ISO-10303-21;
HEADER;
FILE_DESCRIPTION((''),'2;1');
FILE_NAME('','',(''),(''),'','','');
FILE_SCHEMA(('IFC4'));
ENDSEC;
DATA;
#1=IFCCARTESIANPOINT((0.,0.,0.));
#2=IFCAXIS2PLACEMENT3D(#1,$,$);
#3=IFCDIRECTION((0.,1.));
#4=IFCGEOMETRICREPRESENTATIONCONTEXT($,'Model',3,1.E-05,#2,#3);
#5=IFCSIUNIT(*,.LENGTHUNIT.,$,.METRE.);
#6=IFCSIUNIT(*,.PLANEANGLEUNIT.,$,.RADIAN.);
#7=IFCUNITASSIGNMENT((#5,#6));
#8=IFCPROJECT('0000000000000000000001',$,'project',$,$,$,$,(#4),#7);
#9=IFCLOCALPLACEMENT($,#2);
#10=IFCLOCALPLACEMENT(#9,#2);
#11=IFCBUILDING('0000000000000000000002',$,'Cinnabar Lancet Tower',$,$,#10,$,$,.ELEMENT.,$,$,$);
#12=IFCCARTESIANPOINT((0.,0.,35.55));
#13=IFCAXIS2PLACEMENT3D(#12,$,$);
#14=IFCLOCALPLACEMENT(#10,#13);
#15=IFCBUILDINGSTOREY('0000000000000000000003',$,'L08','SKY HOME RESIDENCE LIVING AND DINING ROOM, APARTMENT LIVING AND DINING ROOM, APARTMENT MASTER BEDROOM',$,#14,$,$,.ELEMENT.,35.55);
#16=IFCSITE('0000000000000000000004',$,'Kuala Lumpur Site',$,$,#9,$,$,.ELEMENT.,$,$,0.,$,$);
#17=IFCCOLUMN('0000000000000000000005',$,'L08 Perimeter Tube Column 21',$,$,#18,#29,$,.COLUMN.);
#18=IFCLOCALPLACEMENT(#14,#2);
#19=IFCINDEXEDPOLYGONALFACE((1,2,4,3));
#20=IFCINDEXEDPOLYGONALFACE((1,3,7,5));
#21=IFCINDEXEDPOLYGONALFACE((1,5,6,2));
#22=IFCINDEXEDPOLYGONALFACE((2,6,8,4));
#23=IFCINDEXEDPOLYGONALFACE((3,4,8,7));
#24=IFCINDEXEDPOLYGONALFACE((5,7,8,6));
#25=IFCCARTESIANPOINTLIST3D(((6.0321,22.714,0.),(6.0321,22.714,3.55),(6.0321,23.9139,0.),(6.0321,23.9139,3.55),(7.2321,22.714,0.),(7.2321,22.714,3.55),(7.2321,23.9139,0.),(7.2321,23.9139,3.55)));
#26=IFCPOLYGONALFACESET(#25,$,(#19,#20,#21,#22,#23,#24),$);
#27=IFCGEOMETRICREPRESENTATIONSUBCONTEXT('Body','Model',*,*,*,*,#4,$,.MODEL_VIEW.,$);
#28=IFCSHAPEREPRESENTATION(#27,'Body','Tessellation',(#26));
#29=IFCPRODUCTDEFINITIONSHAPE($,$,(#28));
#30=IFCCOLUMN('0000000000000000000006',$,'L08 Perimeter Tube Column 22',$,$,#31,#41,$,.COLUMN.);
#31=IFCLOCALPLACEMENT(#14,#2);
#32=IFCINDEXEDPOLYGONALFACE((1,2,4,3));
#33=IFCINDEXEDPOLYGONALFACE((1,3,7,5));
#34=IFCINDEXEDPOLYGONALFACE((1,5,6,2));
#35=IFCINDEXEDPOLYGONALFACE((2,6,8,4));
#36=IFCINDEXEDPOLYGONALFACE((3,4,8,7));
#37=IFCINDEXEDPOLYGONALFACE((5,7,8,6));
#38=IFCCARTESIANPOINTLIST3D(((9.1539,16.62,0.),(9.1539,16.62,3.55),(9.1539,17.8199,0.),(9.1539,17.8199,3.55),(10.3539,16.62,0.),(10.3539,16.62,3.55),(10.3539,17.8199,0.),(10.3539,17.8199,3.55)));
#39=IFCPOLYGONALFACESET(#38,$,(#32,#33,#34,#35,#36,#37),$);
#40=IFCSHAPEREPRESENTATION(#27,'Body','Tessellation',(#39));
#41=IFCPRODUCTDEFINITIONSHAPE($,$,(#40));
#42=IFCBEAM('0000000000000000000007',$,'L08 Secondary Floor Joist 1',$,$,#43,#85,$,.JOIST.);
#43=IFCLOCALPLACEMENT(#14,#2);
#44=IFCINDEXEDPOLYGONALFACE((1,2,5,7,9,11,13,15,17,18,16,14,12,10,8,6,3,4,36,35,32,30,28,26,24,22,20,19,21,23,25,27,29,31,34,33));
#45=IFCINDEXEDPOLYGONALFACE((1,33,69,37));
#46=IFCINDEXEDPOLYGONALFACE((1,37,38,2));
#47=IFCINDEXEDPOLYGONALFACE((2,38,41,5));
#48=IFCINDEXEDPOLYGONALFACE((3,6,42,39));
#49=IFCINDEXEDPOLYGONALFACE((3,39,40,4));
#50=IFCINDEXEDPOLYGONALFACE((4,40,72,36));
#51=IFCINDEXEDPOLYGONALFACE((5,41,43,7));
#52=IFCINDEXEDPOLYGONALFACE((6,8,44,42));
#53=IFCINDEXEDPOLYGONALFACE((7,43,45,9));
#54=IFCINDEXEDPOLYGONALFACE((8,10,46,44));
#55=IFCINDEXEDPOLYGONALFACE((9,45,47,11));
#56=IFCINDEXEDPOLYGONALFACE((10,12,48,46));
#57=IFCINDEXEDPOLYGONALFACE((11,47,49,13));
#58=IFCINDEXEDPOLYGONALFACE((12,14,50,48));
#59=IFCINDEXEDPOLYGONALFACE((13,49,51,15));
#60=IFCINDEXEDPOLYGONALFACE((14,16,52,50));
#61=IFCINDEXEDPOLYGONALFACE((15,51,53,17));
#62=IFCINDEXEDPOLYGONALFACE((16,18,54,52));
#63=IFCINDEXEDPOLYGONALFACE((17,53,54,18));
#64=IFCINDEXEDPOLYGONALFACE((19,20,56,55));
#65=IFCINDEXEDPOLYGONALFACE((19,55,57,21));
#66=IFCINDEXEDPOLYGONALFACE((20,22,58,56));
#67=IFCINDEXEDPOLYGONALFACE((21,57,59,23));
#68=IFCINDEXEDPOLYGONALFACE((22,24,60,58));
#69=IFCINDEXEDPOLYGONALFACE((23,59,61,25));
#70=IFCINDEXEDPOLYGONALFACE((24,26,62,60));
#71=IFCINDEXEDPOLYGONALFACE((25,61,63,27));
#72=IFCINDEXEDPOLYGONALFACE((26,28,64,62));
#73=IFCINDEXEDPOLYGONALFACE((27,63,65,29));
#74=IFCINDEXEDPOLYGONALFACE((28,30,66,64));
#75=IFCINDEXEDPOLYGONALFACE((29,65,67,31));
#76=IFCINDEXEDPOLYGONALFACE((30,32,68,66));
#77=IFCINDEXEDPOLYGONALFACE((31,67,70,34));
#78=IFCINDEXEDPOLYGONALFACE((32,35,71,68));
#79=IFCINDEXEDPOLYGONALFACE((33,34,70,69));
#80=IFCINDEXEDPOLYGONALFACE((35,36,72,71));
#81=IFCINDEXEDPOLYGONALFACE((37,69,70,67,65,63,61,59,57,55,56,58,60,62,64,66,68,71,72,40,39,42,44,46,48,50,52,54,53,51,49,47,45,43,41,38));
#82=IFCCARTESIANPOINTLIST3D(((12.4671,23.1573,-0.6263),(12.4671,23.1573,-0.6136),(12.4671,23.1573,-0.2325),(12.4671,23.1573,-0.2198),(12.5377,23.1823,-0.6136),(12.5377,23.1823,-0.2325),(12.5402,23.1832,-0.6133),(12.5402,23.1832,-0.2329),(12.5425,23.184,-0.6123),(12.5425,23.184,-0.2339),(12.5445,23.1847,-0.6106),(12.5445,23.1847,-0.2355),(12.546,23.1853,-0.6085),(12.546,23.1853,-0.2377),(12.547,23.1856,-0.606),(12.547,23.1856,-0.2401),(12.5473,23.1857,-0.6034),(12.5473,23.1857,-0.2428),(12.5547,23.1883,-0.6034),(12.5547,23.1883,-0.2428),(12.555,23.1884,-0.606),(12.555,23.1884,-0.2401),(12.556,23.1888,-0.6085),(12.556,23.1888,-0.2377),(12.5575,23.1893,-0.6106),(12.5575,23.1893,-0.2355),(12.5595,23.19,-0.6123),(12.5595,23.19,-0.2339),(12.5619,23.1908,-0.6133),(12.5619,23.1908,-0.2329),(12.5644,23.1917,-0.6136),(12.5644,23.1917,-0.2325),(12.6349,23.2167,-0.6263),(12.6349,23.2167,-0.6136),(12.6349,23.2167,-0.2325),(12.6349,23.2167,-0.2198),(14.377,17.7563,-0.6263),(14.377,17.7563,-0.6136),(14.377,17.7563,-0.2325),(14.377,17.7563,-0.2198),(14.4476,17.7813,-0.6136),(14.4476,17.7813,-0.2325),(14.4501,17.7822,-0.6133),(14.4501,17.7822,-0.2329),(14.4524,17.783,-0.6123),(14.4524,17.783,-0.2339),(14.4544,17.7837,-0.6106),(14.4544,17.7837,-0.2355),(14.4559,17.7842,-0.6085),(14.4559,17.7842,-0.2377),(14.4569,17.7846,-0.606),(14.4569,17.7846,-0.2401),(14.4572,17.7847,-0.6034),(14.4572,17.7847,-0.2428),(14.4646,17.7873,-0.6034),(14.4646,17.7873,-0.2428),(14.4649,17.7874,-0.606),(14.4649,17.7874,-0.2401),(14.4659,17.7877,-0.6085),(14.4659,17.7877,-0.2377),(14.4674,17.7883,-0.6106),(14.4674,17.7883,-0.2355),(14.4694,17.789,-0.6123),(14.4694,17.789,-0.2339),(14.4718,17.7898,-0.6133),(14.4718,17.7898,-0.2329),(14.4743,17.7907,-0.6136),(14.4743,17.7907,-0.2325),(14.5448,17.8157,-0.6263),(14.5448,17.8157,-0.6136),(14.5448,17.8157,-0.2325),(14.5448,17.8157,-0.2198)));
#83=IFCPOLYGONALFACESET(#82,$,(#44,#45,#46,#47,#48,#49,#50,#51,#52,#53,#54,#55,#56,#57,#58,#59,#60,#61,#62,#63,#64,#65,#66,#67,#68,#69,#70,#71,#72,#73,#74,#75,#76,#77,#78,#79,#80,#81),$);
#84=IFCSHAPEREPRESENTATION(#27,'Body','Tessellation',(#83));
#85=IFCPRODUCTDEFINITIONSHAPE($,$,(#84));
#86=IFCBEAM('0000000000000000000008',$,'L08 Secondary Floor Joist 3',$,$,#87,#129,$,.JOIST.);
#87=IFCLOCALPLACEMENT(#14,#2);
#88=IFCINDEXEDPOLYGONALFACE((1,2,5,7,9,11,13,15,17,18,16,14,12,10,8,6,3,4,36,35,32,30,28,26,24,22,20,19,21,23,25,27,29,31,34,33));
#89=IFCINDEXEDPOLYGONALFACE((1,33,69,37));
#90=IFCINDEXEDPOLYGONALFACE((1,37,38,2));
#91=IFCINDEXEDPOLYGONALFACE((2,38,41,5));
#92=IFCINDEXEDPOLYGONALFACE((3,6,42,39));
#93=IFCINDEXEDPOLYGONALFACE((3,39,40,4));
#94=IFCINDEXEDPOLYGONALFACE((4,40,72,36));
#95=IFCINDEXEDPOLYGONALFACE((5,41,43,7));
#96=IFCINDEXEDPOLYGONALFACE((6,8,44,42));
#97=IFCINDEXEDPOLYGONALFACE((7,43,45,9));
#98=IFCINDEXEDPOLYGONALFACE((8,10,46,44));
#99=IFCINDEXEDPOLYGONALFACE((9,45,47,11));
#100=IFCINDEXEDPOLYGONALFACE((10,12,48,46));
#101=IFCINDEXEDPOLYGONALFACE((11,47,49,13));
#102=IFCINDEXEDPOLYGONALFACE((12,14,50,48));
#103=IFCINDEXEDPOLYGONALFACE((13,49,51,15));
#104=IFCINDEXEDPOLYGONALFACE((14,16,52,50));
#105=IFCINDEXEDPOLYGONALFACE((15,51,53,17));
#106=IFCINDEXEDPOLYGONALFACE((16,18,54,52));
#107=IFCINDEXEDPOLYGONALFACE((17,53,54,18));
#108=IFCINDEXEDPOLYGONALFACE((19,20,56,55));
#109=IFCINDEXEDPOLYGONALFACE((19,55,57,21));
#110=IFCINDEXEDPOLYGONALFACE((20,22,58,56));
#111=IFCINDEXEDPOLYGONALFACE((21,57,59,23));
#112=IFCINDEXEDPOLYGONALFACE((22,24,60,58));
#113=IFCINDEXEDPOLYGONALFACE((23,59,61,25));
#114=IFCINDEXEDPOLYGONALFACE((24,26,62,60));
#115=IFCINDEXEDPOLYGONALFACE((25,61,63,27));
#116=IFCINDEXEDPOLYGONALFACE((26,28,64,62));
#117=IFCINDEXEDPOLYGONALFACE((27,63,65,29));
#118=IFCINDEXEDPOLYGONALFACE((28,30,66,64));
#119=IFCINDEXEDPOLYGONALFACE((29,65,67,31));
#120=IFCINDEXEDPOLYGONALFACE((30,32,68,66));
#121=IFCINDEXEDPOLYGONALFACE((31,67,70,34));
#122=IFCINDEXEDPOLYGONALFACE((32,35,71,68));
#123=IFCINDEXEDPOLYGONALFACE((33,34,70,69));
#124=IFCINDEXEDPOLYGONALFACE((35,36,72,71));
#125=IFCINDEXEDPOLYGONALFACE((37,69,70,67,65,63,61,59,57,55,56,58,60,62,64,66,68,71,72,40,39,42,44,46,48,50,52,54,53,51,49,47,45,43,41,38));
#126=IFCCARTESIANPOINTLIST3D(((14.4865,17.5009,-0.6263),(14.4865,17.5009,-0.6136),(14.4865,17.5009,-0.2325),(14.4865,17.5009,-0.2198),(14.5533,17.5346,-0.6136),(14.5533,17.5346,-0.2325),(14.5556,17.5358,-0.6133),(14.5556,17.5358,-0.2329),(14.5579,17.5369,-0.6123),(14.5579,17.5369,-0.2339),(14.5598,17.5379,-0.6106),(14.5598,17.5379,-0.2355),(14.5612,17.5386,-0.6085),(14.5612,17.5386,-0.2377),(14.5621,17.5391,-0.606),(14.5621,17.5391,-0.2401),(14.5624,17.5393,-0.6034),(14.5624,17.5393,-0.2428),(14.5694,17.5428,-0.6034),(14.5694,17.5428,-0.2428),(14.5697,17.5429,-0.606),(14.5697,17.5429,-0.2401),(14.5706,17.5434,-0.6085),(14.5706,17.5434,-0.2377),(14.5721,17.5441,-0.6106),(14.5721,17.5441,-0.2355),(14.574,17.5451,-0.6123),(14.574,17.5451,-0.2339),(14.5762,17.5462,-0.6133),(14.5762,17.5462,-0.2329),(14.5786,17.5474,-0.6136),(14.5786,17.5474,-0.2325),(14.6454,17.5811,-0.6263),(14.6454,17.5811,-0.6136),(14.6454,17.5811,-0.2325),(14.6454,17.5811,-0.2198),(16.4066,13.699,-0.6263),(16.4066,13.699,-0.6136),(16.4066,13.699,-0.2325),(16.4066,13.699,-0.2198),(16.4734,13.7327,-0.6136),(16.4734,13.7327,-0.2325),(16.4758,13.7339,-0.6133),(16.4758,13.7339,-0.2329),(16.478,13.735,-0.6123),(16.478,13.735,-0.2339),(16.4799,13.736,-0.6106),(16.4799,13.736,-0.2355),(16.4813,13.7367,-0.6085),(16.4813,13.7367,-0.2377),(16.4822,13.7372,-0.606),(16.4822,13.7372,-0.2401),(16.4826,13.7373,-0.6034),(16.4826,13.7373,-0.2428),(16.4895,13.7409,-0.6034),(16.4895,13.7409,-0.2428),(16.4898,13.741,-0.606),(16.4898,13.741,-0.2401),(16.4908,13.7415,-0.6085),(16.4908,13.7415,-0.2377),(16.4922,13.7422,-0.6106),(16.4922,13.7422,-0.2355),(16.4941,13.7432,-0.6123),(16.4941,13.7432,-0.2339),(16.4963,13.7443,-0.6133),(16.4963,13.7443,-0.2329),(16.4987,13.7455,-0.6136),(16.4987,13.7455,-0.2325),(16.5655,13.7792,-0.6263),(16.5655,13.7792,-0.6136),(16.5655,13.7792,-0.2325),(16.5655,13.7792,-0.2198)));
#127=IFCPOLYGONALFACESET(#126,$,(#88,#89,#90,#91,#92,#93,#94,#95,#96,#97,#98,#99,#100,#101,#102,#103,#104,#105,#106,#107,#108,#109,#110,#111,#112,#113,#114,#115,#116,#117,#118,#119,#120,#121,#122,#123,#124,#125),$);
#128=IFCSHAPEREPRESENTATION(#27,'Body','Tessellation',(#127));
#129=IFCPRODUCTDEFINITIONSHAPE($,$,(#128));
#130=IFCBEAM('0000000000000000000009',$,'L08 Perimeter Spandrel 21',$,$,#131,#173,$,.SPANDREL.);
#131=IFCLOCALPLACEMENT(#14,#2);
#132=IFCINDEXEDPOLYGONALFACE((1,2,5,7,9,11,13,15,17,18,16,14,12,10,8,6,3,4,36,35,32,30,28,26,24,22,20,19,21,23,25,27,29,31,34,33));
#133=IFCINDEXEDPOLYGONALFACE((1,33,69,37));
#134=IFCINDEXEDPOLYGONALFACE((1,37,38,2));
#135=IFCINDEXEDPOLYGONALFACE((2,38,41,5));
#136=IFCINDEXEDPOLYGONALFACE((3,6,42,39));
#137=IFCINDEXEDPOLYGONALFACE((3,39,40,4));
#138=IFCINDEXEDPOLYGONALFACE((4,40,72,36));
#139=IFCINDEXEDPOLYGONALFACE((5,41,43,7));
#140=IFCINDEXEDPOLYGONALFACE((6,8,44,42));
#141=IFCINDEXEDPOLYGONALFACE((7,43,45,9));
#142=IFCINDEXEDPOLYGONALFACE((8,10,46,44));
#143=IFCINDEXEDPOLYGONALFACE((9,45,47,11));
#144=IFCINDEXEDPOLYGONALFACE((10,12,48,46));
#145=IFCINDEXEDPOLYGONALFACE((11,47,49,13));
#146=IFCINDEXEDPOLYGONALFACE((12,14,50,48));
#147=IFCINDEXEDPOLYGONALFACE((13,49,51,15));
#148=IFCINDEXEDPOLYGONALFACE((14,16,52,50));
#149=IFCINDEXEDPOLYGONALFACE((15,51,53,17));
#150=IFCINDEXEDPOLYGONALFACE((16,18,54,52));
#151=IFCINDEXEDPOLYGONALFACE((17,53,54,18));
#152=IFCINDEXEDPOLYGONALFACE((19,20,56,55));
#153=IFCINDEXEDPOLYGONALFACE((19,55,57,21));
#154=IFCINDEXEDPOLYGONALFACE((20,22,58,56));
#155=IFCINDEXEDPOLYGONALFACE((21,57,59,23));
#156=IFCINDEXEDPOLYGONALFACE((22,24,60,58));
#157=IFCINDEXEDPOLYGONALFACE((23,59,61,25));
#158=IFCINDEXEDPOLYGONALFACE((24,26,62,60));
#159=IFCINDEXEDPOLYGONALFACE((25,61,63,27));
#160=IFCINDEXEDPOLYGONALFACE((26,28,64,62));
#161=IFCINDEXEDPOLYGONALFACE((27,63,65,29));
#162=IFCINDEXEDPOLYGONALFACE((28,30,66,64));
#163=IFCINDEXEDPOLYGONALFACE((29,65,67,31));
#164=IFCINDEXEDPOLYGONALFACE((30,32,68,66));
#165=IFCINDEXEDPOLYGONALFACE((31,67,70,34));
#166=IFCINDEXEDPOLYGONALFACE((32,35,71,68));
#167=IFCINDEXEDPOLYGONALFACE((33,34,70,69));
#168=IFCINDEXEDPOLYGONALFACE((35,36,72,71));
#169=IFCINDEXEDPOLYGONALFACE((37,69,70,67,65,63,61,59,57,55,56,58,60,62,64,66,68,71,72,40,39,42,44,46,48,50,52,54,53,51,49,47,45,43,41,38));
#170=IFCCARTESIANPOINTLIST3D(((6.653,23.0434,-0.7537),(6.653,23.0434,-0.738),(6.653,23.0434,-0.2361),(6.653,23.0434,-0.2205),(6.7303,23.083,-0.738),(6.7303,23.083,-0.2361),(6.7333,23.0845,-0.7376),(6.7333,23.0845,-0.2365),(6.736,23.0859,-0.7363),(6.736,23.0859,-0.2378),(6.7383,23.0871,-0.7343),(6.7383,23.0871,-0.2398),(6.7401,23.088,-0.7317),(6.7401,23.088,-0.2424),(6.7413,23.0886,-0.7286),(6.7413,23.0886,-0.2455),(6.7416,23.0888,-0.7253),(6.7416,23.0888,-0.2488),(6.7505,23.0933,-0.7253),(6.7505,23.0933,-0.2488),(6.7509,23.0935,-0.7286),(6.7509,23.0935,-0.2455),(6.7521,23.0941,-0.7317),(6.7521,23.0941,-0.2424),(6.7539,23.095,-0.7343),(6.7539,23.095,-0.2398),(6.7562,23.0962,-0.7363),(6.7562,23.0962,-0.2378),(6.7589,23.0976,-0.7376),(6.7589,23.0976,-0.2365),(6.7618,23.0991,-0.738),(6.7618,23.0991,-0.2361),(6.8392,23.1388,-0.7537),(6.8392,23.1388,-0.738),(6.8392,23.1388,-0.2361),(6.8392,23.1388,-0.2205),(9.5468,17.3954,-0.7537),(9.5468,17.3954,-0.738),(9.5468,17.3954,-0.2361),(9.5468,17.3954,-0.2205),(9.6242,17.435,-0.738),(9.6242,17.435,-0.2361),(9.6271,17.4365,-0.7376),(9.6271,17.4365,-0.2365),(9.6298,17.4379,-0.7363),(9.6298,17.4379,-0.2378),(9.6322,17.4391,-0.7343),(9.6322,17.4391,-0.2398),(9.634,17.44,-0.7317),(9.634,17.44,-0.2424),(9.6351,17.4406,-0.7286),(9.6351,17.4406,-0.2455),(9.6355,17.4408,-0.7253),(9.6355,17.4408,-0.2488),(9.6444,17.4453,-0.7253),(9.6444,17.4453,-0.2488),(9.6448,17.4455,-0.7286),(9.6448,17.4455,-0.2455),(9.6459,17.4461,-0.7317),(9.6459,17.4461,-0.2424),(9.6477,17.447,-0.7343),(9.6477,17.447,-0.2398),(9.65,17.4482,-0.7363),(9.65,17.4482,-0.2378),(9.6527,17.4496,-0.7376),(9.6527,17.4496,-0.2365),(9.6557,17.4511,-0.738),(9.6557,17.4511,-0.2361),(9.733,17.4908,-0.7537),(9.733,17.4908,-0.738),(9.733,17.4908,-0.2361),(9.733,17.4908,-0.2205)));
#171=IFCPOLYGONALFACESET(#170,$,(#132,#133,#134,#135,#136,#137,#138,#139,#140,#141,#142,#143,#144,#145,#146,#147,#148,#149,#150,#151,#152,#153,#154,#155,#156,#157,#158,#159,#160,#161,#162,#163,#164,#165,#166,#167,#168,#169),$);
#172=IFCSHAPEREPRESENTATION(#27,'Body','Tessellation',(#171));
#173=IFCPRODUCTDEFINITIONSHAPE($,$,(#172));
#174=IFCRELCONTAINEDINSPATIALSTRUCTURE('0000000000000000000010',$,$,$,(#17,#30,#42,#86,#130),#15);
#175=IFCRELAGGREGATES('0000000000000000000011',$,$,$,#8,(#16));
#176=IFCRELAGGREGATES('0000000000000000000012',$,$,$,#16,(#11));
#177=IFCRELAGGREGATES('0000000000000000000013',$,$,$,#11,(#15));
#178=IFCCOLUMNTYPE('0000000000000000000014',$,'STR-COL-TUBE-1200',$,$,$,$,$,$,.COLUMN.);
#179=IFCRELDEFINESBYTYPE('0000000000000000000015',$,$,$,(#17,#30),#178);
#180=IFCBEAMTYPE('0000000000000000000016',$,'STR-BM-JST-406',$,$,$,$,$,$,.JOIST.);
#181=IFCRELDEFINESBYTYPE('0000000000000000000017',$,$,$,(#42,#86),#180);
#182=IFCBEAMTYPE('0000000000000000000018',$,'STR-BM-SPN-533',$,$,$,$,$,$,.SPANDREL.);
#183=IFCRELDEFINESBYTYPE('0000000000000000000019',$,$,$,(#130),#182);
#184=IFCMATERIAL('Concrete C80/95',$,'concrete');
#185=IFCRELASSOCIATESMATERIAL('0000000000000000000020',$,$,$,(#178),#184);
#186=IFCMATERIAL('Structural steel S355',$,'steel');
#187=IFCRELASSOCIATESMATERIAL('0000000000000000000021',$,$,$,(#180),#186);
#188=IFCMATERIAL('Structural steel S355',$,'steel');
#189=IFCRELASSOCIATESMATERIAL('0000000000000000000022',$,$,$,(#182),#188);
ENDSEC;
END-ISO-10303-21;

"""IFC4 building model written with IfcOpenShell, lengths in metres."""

from ifc_helpers import new_model, si_unit, direction, frame, origin, origin_2d, place, context, subcontext, project, spatial, rectangle, i_section, extrude, material, material_profile, profile_set, type_object, element, save


model = new_model("IFC4")

# Units and contexts
model_context = context("Model", 3, precision=1e-05, world=origin(), true_north=direction((0.0, 1.0)))
body_context = subcontext(model_context, "Body", "Model", "MODEL_VIEW")
ifc_project = project(units=[si_unit("LENGTHUNIT", "METRE"), si_unit("PLANEANGLEUNIT", "RADIAN")], contexts=[model_context])

# Site, building, storey
site_placement = place(None, origin())
site = spatial("IfcSite", under=ifc_project, at=site_placement, Name="Kuala Lumpur Site", CompositionType="ELEMENT", RefElevation=0.0)
building_placement = place(site_placement, origin())
building = spatial("IfcBuilding", under=site, at=building_placement, Name="Cinnabar Lancet Tower", CompositionType="ELEMENT")
storey_placement = place(building_placement, frame((0.0, 0.0, 35.55)))
storey = spatial("IfcBuildingStorey", under=building, at=storey_placement, Name="L08", Description="SKY HOME RESIDENCE LIVING AND DINING ROOM, APARTMENT LIVING AND DINING ROOM, APARTMENT MASTER BEDROOM", CompositionType="ELEMENT", Elevation=35.55)

# Columns
ifc_material_1 = material(Name="Concrete C80/95", Category="concrete")
ifc_material_profile_1 = material_profile(ifc_material_1, rectangle(XDim=1.2, YDim=1.2, at=origin_2d()), Name="RC-COL 1200x1200")
ifc_profile_set_1 = profile_set([ifc_material_profile_1], Name="Concrete C80/95")
column_type = type_object("IfcColumnType", Name="STR-COL-TUBE-1200", PredefinedType="COLUMN", material=ifc_profile_set_1)
for number, where, z_axis, x_axis, name in (
    (1, (6.6321, 23.314, 0.0), (0.0, 0.0, 1.0), (1.0, 0.0, 0.0), "L08 Perimeter Tube Column 21"),
    (2, (9.7539, 17.22, 0.0), (0.0, 0.0, 1.0), (1.0, 0.0, 0.0), "L08 Perimeter Tube Column 22"),
):
    element("IfcColumn", number, at=place(storey_placement, frame(where, z_axis=z_axis, x_axis=x_axis)), inside=storey, type_object=column_type, Name=name, PredefinedType="COLUMN", context=body_context, shape_type="SweptSolid", body=[
        extrude(rectangle(XDim=1.2, YDim=1.2, at=origin_2d()), origin(), (0.0, 0.0, 1.0), 3.55),
    ])

# Beams
ifc_material_2 = material(Name="Structural steel S355", Category="steel")
ifc_material_profile_2 = material_profile(ifc_material_2, i_section(OverallWidth=0.178, OverallDepth=0.4065, WebThickness=0.0078, FlangeThickness=0.0127, FilletRadius=0.0103, at=origin_2d()), Name="UKB 406x178x60")
ifc_profile_set_2 = profile_set([ifc_material_profile_2], Name="Structural steel S355")
beam_type_1 = type_object("IfcBeamType", Name="STR-BM-JST-406", PredefinedType="JOIST", material=ifc_profile_set_2)
beam_1_placement = place(storey_placement, frame((12.551, 23.187, -0.4231), z_axis=(0.333384, -0.942791, 0.0), x_axis=(0.942791, 0.333384, 0.0)))
element("IfcBeam", 3, at=beam_1_placement, inside=storey, type_object=beam_type_1, Name="L08 Secondary Floor Joist 1", PredefinedType="JOIST", context=body_context, shape_type="SweptSolid", body=[
    extrude(i_section(OverallWidth=0.178, OverallDepth=0.4065, WebThickness=0.0078, FlangeThickness=0.0127, FilletRadius=0.0103, at=origin_2d()), origin(), (0.0, 0.0, 1.0), 5.7288),
])
beam_2_placement = place(storey_placement, frame((14.5659, 17.541, -0.4231), z_axis=(0.45081, -0.89262, 0.0), x_axis=(0.89262, 0.45081, 0.0)))
element("IfcBeam", 4, at=beam_2_placement, inside=storey, type_object=beam_type_1, Name="L08 Secondary Floor Joist 3", PredefinedType="JOIST", context=body_context, shape_type="SweptSolid", body=[
    extrude(i_section(OverallWidth=0.178, OverallDepth=0.4065, WebThickness=0.0078, FlangeThickness=0.0127, FilletRadius=0.0103, at=origin_2d()), origin(), (0.0, 0.0, 1.0), 4.2593),
])
ifc_material_3 = material(Name="Structural steel S355", Category="steel")
ifc_material_profile_3 = material_profile(ifc_material_3, i_section(OverallWidth=0.2092, OverallDepth=0.5332, WebThickness=0.01, FlangeThickness=0.0156, FilletRadius=0.0127, at=origin_2d()), Name="UKB 533x210x92")
ifc_profile_set_3 = profile_set([ifc_material_profile_3], Name="Structural steel S355")
beam_type_2 = type_object("IfcBeamType", Name="STR-BM-SPN-533", PredefinedType="SPANDREL", material=ifc_profile_set_3)
beam_3_placement = place(storey_placement, frame((6.7461, 23.0911, -0.4871), z_axis=(0.455994, -0.889983, 0.0), x_axis=(0.889983, 0.455994, 0.0)))
element("IfcBeam", 5, at=beam_3_placement, inside=storey, type_object=beam_type_2, Name="L08 Perimeter Spandrel 21", PredefinedType="SPANDREL", context=body_context, shape_type="SweptSolid", body=[
    extrude(i_section(OverallWidth=0.2092, OverallDepth=0.5332, WebThickness=0.01, FlangeThickness=0.0156, FilletRadius=0.0127, at=origin_2d()), origin(), (0.0, 0.0, 1.0), 6.3462),
])

save(model, "model.ifc")
